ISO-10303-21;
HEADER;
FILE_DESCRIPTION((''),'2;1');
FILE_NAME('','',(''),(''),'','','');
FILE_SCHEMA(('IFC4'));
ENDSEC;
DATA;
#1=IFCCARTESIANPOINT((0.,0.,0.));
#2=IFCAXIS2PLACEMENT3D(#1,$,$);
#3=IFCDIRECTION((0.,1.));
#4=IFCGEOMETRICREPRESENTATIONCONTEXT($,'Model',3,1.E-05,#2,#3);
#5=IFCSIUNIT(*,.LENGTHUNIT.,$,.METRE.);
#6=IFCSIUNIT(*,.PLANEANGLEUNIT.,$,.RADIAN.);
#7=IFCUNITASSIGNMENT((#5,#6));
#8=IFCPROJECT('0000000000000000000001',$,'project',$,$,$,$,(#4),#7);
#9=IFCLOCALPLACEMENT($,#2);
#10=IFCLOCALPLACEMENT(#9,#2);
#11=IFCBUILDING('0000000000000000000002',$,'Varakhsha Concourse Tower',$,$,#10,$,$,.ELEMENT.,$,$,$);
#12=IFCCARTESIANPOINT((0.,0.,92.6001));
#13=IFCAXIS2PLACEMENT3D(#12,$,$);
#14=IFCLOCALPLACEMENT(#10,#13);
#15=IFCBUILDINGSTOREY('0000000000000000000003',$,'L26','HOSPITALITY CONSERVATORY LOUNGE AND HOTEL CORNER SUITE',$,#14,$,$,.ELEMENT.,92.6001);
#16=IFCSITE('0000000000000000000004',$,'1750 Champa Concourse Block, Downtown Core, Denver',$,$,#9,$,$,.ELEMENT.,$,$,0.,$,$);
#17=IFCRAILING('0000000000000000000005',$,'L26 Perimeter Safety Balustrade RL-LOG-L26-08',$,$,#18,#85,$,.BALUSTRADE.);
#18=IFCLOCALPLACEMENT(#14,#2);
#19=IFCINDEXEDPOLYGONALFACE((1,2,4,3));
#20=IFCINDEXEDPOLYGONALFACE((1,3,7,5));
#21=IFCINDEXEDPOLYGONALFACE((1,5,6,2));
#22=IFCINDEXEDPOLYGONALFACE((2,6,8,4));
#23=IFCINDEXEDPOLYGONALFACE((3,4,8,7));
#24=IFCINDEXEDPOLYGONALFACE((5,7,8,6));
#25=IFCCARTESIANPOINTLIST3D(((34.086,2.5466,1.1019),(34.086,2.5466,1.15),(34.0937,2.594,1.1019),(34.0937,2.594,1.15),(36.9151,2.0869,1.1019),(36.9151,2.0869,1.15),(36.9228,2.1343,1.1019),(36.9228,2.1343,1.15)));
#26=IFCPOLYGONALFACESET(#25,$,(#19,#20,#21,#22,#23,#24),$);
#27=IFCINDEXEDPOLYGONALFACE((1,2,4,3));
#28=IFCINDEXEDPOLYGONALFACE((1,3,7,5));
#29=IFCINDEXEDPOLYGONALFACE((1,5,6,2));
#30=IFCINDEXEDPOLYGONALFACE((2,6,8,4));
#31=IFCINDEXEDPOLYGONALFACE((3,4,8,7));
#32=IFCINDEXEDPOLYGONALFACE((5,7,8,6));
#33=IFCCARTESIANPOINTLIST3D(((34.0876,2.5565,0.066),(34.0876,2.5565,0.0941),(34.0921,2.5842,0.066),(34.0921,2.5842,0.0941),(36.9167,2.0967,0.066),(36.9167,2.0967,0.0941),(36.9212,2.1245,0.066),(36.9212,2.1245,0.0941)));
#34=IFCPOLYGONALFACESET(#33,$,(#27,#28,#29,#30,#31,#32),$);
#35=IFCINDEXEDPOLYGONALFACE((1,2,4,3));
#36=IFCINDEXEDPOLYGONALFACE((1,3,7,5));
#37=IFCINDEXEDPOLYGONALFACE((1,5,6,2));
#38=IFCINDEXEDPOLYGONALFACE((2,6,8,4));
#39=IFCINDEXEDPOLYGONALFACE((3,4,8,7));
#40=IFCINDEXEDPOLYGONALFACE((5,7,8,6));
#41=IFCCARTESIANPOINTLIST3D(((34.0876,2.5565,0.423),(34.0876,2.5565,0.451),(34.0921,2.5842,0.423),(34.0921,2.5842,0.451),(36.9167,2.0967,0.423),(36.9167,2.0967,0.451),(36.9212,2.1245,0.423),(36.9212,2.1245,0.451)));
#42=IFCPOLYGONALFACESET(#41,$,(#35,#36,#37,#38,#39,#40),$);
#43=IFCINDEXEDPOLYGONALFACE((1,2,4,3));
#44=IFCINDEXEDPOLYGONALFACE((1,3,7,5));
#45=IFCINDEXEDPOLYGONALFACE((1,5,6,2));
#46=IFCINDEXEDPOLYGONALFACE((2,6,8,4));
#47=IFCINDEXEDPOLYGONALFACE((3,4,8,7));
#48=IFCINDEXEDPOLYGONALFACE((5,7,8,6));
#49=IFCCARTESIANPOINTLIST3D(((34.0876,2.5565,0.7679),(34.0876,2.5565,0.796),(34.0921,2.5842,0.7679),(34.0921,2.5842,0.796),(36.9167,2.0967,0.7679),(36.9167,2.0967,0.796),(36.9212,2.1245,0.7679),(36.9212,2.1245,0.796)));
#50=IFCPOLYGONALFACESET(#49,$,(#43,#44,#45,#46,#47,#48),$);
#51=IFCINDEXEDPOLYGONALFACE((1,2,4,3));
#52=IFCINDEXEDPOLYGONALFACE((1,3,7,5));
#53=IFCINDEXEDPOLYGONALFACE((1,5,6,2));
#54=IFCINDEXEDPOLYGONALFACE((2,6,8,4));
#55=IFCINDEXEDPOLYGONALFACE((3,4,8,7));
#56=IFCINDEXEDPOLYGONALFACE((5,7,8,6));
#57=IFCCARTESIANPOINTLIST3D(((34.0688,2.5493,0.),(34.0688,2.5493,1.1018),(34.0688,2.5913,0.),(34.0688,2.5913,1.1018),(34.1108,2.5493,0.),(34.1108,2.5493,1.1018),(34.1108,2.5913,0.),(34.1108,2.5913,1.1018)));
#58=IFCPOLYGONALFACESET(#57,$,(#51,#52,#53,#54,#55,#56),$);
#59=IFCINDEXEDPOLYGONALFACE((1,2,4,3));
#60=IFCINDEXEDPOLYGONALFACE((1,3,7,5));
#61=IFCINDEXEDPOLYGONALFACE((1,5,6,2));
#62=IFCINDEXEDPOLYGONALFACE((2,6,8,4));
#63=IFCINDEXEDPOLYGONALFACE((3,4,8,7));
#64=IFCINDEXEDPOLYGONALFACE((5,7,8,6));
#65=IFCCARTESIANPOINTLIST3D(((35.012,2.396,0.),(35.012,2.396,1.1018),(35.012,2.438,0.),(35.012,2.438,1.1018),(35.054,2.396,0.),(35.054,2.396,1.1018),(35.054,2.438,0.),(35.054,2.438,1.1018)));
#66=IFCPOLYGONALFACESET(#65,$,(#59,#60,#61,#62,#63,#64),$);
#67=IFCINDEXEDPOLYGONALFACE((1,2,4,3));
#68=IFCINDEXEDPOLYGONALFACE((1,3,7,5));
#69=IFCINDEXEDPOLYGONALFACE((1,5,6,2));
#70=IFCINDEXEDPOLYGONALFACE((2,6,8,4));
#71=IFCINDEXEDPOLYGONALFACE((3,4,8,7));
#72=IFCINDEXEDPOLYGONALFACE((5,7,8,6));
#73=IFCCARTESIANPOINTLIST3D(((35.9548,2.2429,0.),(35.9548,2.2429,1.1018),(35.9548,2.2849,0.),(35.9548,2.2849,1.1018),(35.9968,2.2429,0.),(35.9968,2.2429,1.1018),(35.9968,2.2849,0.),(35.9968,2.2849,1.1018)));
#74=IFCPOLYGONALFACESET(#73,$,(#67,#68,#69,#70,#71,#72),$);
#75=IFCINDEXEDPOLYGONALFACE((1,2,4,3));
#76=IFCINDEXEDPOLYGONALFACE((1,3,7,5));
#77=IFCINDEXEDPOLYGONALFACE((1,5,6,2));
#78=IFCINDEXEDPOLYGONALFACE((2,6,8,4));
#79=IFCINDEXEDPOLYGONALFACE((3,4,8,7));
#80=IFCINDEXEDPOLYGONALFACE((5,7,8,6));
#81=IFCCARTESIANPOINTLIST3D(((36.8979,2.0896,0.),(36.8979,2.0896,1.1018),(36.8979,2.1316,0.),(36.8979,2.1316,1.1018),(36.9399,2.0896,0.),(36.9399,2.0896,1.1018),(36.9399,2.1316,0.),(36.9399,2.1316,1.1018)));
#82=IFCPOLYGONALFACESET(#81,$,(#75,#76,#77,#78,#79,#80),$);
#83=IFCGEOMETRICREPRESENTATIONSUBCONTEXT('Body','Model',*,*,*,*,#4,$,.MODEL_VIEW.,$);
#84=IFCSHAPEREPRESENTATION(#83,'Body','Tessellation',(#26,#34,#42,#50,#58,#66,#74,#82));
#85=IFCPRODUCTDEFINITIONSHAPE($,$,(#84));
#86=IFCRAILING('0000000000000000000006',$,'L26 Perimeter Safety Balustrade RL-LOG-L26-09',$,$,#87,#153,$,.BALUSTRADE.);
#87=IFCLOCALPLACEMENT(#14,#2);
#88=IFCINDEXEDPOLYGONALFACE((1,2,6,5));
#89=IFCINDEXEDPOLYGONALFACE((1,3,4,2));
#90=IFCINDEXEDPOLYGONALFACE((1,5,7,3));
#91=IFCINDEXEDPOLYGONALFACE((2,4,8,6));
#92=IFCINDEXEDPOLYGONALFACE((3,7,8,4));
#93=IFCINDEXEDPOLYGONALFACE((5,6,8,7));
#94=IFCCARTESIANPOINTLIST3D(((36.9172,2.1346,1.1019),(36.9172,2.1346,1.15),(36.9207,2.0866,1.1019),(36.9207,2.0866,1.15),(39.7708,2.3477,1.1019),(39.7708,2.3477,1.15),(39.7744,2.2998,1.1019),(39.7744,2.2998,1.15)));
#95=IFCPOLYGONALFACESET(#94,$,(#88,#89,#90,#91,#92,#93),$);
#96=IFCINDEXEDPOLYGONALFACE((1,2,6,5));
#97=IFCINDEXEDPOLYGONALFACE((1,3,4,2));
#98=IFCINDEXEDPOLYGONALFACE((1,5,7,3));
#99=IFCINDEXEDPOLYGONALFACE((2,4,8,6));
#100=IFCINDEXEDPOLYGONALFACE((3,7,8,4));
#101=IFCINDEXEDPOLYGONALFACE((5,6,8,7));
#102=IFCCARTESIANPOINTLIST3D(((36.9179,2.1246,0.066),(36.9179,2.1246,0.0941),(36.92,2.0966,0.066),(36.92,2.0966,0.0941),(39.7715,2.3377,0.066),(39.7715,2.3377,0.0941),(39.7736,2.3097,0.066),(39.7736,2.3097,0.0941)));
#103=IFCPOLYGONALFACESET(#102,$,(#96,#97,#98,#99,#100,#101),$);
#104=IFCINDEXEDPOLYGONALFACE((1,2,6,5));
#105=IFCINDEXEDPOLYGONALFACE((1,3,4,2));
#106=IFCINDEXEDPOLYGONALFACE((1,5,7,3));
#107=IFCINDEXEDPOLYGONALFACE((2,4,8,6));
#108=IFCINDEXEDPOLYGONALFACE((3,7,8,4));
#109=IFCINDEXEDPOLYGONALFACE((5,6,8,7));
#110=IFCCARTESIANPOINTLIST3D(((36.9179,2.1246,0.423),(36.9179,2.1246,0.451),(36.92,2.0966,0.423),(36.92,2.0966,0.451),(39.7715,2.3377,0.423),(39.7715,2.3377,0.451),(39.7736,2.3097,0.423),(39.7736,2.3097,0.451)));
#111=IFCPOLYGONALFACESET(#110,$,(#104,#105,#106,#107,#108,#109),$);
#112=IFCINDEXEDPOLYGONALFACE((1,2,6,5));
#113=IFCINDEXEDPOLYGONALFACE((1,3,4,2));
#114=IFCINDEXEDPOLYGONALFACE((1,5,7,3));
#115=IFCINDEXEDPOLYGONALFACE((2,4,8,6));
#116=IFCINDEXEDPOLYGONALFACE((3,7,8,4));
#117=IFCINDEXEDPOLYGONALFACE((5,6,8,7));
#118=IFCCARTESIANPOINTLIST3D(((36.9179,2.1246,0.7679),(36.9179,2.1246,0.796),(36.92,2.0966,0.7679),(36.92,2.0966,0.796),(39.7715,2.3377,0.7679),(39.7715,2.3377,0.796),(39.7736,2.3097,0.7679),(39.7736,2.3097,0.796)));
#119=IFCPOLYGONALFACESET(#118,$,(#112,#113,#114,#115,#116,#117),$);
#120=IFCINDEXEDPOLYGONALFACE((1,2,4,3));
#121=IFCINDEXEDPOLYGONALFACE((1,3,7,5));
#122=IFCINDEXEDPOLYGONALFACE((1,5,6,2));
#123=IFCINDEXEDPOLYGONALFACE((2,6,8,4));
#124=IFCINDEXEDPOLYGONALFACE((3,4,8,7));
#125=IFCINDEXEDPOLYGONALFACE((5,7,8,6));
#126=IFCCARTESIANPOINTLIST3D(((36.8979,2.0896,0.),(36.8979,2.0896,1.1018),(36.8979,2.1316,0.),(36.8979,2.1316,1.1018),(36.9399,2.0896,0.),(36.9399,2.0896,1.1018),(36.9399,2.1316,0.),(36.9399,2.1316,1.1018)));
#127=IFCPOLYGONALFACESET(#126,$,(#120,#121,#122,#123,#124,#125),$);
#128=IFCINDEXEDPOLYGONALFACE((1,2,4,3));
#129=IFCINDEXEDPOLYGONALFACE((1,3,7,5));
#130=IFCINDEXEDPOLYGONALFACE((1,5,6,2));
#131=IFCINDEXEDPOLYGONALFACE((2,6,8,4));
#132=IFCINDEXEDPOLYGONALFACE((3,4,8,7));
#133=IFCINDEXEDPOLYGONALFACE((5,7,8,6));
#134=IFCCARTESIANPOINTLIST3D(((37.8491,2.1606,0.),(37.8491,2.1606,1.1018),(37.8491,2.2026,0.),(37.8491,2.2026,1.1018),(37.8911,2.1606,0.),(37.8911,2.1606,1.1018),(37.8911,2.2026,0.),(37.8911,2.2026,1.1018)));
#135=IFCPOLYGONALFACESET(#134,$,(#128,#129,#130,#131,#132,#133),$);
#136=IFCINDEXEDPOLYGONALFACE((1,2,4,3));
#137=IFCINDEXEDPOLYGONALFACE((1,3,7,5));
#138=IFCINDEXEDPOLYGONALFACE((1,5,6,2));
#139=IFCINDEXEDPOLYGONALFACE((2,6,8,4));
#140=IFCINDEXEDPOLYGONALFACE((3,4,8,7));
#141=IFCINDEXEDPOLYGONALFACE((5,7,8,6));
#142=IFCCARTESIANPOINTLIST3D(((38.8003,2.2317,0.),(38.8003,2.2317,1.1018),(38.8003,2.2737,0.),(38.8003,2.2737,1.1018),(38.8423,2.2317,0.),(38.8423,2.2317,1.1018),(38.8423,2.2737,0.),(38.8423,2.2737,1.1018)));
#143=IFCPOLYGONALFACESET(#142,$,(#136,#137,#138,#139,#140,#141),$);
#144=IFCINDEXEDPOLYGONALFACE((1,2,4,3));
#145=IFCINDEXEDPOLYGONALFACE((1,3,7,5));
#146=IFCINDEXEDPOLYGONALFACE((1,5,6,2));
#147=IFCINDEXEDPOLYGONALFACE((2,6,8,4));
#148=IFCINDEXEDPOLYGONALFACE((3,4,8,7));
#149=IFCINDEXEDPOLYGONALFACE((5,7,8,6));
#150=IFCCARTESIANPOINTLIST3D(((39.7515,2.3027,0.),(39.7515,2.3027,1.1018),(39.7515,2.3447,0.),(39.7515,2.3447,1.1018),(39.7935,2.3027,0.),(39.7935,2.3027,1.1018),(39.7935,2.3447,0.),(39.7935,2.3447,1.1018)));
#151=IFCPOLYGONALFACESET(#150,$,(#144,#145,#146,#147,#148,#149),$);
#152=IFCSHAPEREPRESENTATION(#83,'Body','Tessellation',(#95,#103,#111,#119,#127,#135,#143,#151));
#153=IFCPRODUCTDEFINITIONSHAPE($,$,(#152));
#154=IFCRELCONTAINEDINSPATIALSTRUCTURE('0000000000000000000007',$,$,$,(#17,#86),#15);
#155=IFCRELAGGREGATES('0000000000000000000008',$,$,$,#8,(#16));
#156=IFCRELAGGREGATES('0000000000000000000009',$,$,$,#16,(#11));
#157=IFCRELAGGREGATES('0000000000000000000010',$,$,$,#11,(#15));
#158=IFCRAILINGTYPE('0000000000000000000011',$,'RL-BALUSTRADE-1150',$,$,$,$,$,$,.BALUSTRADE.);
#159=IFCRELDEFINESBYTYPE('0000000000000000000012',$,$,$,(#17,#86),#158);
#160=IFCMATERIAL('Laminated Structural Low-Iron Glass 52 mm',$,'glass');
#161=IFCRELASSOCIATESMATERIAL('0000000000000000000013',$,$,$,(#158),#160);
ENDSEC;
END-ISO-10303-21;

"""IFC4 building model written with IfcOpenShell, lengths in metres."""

from ifc_helpers import new_model, si_unit, direction, frame, origin, origin_2d, place, context, subcontext, project, spatial, rectangle, extrude, material, type_object, element, save


model = new_model("IFC4")

# Units and contexts
model_context = context("Model", 3, precision=1e-05, world=origin(), true_north=direction((0.0, 1.0)))
body_context = subcontext(model_context, "Body", "Model", "MODEL_VIEW")
ifc_project = project(units=[si_unit("LENGTHUNIT", "METRE"), si_unit("PLANEANGLEUNIT", "RADIAN")], contexts=[model_context])

# Site, building, storey
site_placement = place(None, origin())
site = spatial("IfcSite", under=ifc_project, at=site_placement, Name="1750 Champa Concourse Block, Downtown Core, Denver", CompositionType="ELEMENT", RefElevation=0.0)
building_placement = place(site_placement, origin())
building = spatial("IfcBuilding", under=site, at=building_placement, Name="Varakhsha Concourse Tower", CompositionType="ELEMENT")
storey_placement = place(building_placement, frame((0.0, 0.0, 92.6001)))
storey = spatial("IfcBuildingStorey", under=building, at=storey_placement, Name="L26", Description="HOSPITALITY CONSERVATORY LOUNGE AND HOTEL CORNER SUITE", CompositionType="ELEMENT", Elevation=92.6001)

# Railings
ifc_material_1 = material(Name="Laminated Structural Low-Iron Glass 52 mm", Category="glass")
railing_type = type_object("IfcRailingType", Name="RL-BALUSTRADE-1150", PredefinedType="BALUSTRADE", material=ifc_material_1)
railing_1_placement = place(storey_placement, frame((34.0898, 2.5703, 0.0)))
element("IfcRailing", 1, at=railing_1_placement, inside=storey, type_object=railing_type, Name="L26 Perimeter Safety Balustrade RL-LOG-L26-08", PredefinedType="BALUSTRADE", context=body_context, shape_type="SweptSolid", body=[
    extrude(rectangle(XDim=0.0481, YDim=0.0481, at=origin_2d()), frame((0.0, 0.0, 1.126), z_axis=(0.987053, -0.160392, 0.0), x_axis=(0.160392, 0.987053, 0.0)), (0.0, 0.0, 1.0), 2.8662),
    extrude(rectangle(XDim=0.0281, YDim=0.0281, at=origin_2d()), frame((0.0, 0.0, 0.0801), z_axis=(0.987053, -0.160392, 0.0), x_axis=(0.160392, 0.987053, 0.0)), (0.0, 0.0, 1.0), 2.8662),
    extrude(rectangle(XDim=0.0281, YDim=0.0281, at=origin_2d()), frame((0.0, 0.0, 0.437), z_axis=(0.987053, -0.160392, 0.0), x_axis=(0.160392, 0.987053, 0.0)), (0.0, 0.0, 1.0), 2.8662),
    extrude(rectangle(XDim=0.0281, YDim=0.0281, at=origin_2d()), frame((0.0, 0.0, 0.782), z_axis=(0.987053, -0.160392, 0.0), x_axis=(0.160392, 0.987053, 0.0)), (0.0, 0.0, 1.0), 2.8662),
    extrude(rectangle(XDim=0.042, YDim=0.042, at=origin_2d()), origin(), (0.0, 0.0, 1.0), 1.1018),
    extrude(rectangle(XDim=0.042, YDim=0.042, at=origin_2d()), frame((0.9431, -0.1533, 0.0)), (0.0, 0.0, 1.0), 1.1018),
    extrude(rectangle(XDim=0.042, YDim=0.042, at=origin_2d()), frame((1.886, -0.3064, 0.0)), (0.0, 0.0, 1.0), 1.1018),
    extrude(rectangle(XDim=0.042, YDim=0.042, at=origin_2d()), frame((2.8291, -0.4597, 0.0)), (0.0, 0.0, 1.0), 1.1018),
])
railing_2_placement = place(storey_placement, frame((36.9189, 2.1106, 0.0)))
element("IfcRailing", 2, at=railing_2_placement, inside=storey, type_object=railing_type, Name="L26 Perimeter Safety Balustrade RL-LOG-L26-09", PredefinedType="BALUSTRADE", context=body_context, shape_type="SweptSolid", body=[
    extrude(rectangle(XDim=0.0481, YDim=0.0481, at=origin_2d()), frame((0.0, 0.0, 1.126), z_axis=(0.997222, 0.074485, 0.0), x_axis=(-0.074485, 0.997222, 0.0)), (0.0, 0.0, 1.0), 2.8616),
    extrude(rectangle(XDim=0.0281, YDim=0.0281, at=origin_2d()), frame((0.0, 0.0, 0.0801), z_axis=(0.997222, 0.074485, 0.0), x_axis=(-0.074485, 0.997222, 0.0)), (0.0, 0.0, 1.0), 2.8616),
    extrude(rectangle(XDim=0.0281, YDim=0.0281, at=origin_2d()), frame((0.0, 0.0, 0.437), z_axis=(0.997222, 0.074485, 0.0), x_axis=(-0.074485, 0.997222, 0.0)), (0.0, 0.0, 1.0), 2.8616),
    extrude(rectangle(XDim=0.0281, YDim=0.0281, at=origin_2d()), frame((0.0, 0.0, 0.782), z_axis=(0.997222, 0.074485, 0.0), x_axis=(-0.074485, 0.997222, 0.0)), (0.0, 0.0, 1.0), 2.8616),
    extrude(rectangle(XDim=0.042, YDim=0.042, at=origin_2d()), origin(), (0.0, 0.0, 1.0), 1.1018),
    extrude(rectangle(XDim=0.042, YDim=0.042, at=origin_2d()), frame((0.9512, 0.071, 0.0)), (0.0, 0.0, 1.0), 1.1018),
    extrude(rectangle(XDim=0.042, YDim=0.042, at=origin_2d()), frame((1.9023, 0.1421, 0.0)), (0.0, 0.0, 1.0), 1.1018),
    extrude(rectangle(XDim=0.042, YDim=0.042, at=origin_2d()), frame((2.8535, 0.2131, 0.0)), (0.0, 0.0, 1.0), 1.1018),
])

save(model, "model.ifc")
